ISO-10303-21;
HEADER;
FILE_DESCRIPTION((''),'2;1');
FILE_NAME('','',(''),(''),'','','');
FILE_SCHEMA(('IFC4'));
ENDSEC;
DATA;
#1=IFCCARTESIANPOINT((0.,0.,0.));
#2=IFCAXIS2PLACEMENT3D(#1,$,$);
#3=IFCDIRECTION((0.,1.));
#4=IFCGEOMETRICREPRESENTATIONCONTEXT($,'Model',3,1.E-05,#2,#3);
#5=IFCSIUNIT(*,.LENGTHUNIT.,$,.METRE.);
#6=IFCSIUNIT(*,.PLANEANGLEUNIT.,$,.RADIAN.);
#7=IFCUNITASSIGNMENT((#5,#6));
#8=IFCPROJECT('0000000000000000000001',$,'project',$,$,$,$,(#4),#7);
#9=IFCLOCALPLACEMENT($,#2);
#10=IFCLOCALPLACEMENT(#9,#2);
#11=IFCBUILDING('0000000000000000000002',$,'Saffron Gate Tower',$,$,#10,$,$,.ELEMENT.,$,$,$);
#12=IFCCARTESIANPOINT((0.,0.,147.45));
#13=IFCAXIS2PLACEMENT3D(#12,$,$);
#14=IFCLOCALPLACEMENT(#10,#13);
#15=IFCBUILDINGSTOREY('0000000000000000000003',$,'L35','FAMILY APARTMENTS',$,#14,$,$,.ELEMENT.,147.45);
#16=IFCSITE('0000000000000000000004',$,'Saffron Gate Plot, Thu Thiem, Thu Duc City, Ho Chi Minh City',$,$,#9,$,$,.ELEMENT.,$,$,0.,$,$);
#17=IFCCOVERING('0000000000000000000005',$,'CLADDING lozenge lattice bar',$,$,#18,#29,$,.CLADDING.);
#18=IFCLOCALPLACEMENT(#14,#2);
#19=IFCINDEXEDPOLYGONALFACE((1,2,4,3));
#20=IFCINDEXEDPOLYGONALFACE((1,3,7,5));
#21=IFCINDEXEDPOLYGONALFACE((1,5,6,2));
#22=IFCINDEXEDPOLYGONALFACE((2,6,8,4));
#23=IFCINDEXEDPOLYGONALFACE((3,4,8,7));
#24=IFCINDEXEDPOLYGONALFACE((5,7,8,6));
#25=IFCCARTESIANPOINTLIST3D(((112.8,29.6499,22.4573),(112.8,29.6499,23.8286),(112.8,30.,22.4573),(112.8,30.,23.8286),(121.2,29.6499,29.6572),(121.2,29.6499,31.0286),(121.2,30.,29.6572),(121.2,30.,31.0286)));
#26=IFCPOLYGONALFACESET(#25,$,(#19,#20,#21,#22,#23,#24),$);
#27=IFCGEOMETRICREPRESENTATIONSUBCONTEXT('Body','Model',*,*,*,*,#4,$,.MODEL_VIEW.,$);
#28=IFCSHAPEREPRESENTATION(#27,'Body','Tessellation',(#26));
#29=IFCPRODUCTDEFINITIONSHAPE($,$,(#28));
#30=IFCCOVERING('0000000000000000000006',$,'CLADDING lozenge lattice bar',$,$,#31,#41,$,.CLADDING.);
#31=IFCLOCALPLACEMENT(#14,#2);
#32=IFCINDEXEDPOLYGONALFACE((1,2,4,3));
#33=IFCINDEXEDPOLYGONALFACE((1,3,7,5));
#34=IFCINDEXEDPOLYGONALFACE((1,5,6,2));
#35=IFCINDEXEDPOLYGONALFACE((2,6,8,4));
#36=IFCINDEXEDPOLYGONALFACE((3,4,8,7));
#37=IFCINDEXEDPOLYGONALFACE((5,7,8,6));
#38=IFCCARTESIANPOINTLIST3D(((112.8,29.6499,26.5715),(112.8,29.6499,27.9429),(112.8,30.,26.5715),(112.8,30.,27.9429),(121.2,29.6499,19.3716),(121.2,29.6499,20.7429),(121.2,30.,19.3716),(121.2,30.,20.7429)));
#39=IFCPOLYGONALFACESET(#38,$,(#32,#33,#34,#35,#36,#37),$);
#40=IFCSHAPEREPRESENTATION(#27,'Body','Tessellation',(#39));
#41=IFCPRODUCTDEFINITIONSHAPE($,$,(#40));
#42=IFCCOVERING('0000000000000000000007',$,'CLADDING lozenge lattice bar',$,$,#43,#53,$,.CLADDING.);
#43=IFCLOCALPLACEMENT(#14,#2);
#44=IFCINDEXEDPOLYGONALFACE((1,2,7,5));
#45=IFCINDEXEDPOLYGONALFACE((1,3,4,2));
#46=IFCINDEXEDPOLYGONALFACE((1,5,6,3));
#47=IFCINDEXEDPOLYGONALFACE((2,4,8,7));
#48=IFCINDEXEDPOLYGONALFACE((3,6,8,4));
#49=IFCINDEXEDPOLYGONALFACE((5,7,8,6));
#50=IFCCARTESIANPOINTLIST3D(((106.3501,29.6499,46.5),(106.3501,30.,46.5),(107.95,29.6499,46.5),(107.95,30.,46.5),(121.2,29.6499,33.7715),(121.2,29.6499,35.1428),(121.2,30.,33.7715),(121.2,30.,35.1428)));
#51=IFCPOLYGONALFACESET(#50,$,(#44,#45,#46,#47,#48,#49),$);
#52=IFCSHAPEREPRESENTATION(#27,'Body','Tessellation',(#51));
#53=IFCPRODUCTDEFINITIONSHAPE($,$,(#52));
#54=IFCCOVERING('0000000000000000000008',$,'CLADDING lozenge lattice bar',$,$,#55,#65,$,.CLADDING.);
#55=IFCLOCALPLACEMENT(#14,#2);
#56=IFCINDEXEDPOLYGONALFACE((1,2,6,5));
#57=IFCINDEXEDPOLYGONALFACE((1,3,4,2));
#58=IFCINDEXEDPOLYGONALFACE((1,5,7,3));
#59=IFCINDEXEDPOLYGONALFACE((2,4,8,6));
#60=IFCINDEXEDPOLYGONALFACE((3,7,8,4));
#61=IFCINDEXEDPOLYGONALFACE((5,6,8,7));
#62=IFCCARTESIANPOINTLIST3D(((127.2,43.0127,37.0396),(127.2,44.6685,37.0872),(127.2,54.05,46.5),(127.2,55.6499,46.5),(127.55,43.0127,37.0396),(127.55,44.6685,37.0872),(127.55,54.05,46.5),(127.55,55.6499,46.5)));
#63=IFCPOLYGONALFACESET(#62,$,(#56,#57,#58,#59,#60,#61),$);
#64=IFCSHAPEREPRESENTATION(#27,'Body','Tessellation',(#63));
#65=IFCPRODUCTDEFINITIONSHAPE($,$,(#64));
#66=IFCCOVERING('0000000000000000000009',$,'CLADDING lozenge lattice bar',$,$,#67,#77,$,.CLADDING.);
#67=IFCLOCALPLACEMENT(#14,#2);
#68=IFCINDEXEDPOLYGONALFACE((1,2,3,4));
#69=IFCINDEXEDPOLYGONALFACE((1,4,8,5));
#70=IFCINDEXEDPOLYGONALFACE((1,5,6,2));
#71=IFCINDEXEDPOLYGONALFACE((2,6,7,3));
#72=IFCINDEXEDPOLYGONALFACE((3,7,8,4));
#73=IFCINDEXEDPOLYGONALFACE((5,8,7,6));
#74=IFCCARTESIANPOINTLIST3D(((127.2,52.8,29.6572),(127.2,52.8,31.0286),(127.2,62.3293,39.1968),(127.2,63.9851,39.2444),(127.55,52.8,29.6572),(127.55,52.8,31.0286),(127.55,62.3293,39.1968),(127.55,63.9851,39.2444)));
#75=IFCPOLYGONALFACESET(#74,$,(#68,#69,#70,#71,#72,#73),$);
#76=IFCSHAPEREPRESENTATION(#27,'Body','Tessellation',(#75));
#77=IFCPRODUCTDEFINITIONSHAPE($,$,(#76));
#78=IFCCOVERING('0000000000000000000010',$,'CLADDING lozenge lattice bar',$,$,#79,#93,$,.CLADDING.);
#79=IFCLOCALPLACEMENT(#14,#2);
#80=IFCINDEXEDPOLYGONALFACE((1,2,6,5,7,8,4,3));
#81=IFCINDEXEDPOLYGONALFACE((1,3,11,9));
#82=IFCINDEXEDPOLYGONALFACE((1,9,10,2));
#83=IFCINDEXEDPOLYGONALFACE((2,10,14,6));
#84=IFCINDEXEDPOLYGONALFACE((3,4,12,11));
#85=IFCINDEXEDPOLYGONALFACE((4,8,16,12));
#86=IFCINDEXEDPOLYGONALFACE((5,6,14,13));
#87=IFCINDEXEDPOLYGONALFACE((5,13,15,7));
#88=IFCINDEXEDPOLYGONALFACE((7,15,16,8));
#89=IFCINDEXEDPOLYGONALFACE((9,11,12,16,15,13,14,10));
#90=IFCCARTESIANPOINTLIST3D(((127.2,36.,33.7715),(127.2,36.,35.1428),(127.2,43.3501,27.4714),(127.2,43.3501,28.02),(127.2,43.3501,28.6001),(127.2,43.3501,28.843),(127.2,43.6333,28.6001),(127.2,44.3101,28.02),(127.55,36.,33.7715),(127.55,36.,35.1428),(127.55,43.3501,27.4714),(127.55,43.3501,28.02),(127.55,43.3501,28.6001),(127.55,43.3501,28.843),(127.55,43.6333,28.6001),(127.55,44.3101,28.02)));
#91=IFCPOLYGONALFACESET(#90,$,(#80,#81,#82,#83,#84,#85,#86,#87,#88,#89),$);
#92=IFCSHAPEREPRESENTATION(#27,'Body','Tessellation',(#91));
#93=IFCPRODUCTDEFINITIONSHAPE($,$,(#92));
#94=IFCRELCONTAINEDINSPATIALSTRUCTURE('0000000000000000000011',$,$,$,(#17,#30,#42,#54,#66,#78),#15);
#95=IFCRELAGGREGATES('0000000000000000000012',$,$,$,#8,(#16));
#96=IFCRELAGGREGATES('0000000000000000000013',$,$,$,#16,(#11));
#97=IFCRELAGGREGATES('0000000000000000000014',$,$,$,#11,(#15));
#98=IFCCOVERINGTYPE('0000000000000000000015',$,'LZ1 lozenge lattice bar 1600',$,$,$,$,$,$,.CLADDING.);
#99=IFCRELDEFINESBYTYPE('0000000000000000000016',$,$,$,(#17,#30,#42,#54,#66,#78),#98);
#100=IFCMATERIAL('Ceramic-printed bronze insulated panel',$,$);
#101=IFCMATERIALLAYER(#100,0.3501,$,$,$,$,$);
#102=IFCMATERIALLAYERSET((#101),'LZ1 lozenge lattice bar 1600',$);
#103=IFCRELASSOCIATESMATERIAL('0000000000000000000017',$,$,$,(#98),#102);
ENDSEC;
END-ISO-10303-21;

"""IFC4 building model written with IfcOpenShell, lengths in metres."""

from ifc_helpers import new_model, si_unit, direction, frame, origin, place, context, subcontext, project, spatial, polyline, outline, extrude, material, layer, layer_set, type_object, element, save


model = new_model("IFC4")

# Units and contexts
model_context = context("Model", 3, precision=1e-05, world=origin(), true_north=direction((0.0, 1.0)))
body_context = subcontext(model_context, "Body", "Model", "MODEL_VIEW")
ifc_project = project(units=[si_unit("LENGTHUNIT", "METRE"), si_unit("PLANEANGLEUNIT", "RADIAN")], contexts=[model_context])

# Site, building, storey
site_placement = place(None, origin())
site = spatial("IfcSite", under=ifc_project, at=site_placement, Name="Saffron Gate Plot, Thu Thiem, Thu Duc City, Ho Chi Minh City", CompositionType="ELEMENT", RefElevation=0.0)
building_placement = place(site_placement, origin())
building = spatial("IfcBuilding", under=site, at=building_placement, Name="Saffron Gate Tower", CompositionType="ELEMENT")
storey_placement = place(building_placement, frame((0.0, 0.0, 147.45)))
storey = spatial("IfcBuildingStorey", under=building, at=storey_placement, Name="L35", Description="FAMILY APARTMENTS", CompositionType="ELEMENT", Elevation=147.45)

# Coverings
ifc_material_1 = material(Name="Ceramic-printed bronze insulated panel")
ifc_layer_1 = layer(ifc_material_1, 0.3501)
ifc_layer_set_1 = layer_set([ifc_layer_1], Name="LZ1 lozenge lattice bar 1600")
covering_type = type_object("IfcCoveringType", Name="LZ1 lozenge lattice bar 1600", PredefinedType="CLADDING", material=ifc_layer_set_1)
covering_1_placement = place(storey_placement, frame((112.8, 29.6499, 23.8286), z_axis=(0.0, -1.0, 0.0), x_axis=(0.0, 0.0, -1.0)))
element("IfcCovering", 1, at=covering_1_placement, inside=storey, type_object=covering_type, Name="CLADDING lozenge lattice bar", PredefinedType="CLADDING", context=body_context, shape_type="SweptSolid", body=[
    extrude(outline(polyline([(0.0, 0.0), (1.3713, 0.0), (-5.8286, 8.3999), (-7.2, 8.3999), (0.0, 0.0)])), origin(), (0.0, 0.0, -1.0), 0.3501),
])
covering_2_placement = place(storey_placement, frame((121.2, 29.6499, 20.7429), z_axis=(0.0, -1.0, 0.0), x_axis=(-0.759255, 0.0, 0.650793)))
element("IfcCovering", 2, at=covering_2_placement, inside=storey, type_object=covering_type, Name="CLADDING lozenge lattice bar", PredefinedType="CLADDING", context=body_context, shape_type="SweptSolid", body=[
    extrude(outline(polyline([(0.0, 0.0), (11.0633, 0.0), (10.1709, 1.0412), (-0.8925, 1.0412), (0.0, 0.0)])), origin(), (0.0, 0.0, -1.0), 0.3501),
])
covering_3_placement = place(storey_placement, frame((121.2, 29.6499, 35.1428), z_axis=(0.0, -1.0, 0.0), x_axis=(-0.759256, 0.0, 0.650793)))
element("IfcCovering", 3, at=covering_3_placement, inside=storey, type_object=covering_type, Name="CLADDING lozenge lattice bar", PredefinedType="CLADDING", context=body_context, shape_type="SweptSolid", body=[
    extrude(outline(polyline([(0.0, 0.0), (17.4513, 0.0), (18.666, 1.0412), (-0.8925, 1.0412), (0.0, 0.0)])), origin(), (0.0, 0.0, -1.0), 0.3501),
])
covering_4_placement = place(storey_placement, frame((127.55, 43.0127, 37.0396), z_axis=(1.0, 0.0, 0.0), x_axis=(0.0, 0.999587, 0.028741)))
element("IfcCovering", 4, at=covering_4_placement, inside=storey, type_object=covering_type, Name="CLADDING lozenge lattice bar", PredefinedType="CLADDING", context=body_context, shape_type="SweptSolid", body=[
    extrude(outline(polyline([(0.0, 0.0), (1.6564, 0.0), (12.9039, 9.0933), (11.3047, 9.1393), (0.0, 0.0)])), origin(), (0.0, 0.0, -1.0), 0.3501),
])
covering_5_placement = place(storey_placement, frame((127.55, 52.8, 31.0286), z_axis=(1.0, 0.0, 0.0), x_axis=(0.0, 0.0, -1.0)))
element("IfcCovering", 5, at=covering_5_placement, inside=storey, type_object=covering_type, Name="CLADDING lozenge lattice bar", PredefinedType="CLADDING", context=body_context, shape_type="SweptSolid", body=[
    extrude(outline(polyline([(0.0, 0.0), (1.3713, 0.0), (-8.2158, 11.1851), (-8.1682, 9.5293), (0.0, 0.0)])), origin(), (0.0, 0.0, -1.0), 0.3501),
])
covering_6_placement = place(storey_placement, frame((127.55, 43.3501, 27.4714), z_axis=(1.0, 0.0, 0.0), x_axis=(0.0, 0.0, 1.0)))
element("IfcCovering", 6, at=covering_6_placement, inside=storey, type_object=covering_type, Name="CLADDING lozenge lattice bar", PredefinedType="CLADDING", context=body_context, shape_type="SweptSolid", body=[
    extrude(outline(polyline([(0.0, 0.0), (0.5486, 0.0), (0.5486, -0.96), (1.1287, -0.2832), (1.1287, 0.0), (1.3716, 0.0), (7.6714, 7.3501), (6.3, 7.3501), (0.0, 0.0)])), origin(), (0.0, 0.0, -1.0), 0.3501),
])

save(model, "model.ifc")
